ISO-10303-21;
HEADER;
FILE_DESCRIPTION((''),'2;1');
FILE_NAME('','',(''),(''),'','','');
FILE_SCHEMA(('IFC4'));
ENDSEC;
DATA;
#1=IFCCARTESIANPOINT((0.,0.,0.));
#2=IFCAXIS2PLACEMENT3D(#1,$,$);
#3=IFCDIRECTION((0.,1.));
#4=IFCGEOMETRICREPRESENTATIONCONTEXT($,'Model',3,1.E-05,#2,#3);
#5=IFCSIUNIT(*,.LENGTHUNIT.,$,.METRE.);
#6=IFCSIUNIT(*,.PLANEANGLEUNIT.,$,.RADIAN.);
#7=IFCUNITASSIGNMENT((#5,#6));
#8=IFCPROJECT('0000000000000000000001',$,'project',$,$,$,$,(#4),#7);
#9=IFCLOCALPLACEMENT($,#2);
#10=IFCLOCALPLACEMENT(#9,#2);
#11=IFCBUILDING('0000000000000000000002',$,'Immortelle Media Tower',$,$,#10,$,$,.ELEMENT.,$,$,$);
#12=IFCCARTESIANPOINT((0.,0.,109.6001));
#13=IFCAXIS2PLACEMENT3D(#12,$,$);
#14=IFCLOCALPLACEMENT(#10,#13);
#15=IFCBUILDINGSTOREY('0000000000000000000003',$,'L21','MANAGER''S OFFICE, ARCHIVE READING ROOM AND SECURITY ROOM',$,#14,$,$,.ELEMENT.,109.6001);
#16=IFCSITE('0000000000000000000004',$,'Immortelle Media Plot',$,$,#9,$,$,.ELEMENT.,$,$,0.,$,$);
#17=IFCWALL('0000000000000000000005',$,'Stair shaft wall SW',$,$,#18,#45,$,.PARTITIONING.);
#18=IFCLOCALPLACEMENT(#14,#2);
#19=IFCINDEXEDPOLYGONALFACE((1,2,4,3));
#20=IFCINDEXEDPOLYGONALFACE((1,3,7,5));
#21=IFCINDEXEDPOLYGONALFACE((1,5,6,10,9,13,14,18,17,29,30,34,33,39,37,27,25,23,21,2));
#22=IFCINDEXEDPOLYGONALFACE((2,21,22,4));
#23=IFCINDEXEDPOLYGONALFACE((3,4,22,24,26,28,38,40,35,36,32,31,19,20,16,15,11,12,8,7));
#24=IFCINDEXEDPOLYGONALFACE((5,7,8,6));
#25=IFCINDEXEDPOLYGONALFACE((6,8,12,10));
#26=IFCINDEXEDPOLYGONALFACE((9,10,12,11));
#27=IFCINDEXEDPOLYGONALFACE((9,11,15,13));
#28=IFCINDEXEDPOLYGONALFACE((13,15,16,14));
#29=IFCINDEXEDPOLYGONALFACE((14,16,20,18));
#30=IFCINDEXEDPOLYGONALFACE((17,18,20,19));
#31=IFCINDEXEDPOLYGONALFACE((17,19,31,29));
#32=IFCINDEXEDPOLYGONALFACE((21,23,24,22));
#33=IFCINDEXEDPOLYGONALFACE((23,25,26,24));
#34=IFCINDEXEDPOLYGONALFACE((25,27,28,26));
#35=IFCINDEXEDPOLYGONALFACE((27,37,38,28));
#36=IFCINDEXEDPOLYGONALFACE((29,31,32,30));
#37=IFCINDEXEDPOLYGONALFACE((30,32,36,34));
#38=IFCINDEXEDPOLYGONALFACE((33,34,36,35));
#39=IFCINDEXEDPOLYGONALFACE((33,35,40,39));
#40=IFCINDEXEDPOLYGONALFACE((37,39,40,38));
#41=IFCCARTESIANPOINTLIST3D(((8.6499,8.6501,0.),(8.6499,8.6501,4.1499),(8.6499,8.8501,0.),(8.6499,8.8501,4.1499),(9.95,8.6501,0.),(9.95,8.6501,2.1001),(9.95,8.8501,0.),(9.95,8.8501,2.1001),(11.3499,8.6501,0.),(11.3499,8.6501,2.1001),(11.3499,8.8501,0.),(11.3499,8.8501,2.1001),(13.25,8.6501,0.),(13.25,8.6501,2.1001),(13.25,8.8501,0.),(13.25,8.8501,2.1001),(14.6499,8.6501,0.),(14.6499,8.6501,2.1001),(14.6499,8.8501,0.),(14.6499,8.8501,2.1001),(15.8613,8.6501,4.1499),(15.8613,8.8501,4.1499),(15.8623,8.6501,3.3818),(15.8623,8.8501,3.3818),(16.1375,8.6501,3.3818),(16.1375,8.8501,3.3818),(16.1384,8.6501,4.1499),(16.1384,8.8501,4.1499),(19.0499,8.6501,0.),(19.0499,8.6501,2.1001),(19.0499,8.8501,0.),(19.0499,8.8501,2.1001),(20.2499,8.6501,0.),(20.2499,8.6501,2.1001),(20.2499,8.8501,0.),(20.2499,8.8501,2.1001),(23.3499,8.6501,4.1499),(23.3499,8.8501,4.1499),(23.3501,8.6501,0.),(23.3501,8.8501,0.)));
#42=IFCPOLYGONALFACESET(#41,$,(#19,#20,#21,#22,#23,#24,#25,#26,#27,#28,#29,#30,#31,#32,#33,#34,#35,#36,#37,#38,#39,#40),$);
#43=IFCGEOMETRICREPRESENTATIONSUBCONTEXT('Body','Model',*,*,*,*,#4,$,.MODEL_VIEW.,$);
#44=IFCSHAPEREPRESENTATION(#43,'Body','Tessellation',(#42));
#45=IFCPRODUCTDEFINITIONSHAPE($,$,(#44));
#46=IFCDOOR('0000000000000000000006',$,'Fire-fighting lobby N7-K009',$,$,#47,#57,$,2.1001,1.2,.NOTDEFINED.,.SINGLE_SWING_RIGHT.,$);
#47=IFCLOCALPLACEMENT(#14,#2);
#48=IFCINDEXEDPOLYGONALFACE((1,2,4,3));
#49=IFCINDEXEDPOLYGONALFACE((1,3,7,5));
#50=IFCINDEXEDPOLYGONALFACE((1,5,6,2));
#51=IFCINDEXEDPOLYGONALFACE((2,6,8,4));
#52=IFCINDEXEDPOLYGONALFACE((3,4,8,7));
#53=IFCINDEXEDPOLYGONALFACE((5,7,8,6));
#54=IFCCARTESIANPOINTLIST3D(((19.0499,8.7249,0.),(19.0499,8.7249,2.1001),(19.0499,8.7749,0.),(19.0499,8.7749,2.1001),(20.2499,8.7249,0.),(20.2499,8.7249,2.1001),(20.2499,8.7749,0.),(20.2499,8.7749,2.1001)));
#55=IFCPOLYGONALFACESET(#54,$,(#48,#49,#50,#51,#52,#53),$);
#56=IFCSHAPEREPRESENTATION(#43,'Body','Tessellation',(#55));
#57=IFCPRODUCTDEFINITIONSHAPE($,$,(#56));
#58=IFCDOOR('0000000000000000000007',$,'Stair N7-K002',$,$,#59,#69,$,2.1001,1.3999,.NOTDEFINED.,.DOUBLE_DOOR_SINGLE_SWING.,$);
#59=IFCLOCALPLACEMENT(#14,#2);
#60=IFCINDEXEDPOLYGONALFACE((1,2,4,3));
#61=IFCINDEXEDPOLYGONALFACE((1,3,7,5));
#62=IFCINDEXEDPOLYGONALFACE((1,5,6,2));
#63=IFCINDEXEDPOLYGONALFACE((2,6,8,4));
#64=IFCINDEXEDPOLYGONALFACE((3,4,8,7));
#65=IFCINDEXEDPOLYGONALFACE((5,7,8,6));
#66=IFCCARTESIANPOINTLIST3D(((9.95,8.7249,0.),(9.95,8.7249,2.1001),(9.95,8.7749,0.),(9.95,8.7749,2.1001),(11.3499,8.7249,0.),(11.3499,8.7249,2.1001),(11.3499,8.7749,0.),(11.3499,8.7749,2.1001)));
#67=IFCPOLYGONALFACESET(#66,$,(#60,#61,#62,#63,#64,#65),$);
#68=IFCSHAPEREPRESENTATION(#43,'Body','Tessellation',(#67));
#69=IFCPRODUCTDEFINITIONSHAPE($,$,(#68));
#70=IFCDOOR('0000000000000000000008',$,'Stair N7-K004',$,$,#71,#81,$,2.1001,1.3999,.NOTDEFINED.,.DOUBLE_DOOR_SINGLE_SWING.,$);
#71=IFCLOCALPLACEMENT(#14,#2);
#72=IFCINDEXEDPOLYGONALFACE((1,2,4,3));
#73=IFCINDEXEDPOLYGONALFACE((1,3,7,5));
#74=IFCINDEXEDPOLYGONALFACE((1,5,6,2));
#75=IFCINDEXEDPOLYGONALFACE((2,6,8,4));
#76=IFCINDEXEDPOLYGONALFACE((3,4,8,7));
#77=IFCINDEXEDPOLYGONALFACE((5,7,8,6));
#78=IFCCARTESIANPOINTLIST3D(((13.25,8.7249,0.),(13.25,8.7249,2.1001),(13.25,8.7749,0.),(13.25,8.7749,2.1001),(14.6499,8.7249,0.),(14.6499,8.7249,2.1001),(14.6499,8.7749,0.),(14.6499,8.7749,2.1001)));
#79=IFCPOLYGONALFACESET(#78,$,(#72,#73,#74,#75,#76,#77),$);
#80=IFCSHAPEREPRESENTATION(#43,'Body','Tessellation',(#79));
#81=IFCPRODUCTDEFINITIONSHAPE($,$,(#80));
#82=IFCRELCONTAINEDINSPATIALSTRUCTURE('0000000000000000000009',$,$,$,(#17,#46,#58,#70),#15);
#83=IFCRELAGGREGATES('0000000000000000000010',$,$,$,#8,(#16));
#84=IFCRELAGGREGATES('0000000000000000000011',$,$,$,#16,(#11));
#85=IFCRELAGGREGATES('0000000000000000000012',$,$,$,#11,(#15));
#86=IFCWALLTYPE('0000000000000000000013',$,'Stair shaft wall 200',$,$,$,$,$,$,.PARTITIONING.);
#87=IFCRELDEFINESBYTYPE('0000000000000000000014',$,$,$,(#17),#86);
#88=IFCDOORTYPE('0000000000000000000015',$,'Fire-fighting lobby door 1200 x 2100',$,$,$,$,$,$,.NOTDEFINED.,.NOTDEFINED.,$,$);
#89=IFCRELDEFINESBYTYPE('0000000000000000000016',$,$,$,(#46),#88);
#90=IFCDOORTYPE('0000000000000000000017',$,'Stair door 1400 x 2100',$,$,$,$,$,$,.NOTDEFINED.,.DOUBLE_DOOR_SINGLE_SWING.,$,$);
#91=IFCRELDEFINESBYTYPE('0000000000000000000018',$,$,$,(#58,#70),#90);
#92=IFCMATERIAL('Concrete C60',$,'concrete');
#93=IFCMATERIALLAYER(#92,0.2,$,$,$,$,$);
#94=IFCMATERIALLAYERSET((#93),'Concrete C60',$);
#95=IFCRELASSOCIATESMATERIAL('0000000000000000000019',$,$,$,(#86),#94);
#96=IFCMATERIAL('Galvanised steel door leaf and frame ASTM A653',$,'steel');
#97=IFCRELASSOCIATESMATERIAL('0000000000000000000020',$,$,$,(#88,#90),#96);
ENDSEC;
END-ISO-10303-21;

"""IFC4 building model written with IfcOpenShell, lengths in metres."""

from ifc_helpers import new_model, si_unit, direction, frame, frame_2d, origin, place, context, subcontext, project, spatial, polyline, rectangle, outline, extrude, material, layer, layer_set, type_object, element, fill, save


model = new_model("IFC4")

# Units and contexts
model_context = context("Model", 3, precision=1e-05, world=origin(), true_north=direction((0.0, 1.0)))
body_context = subcontext(model_context, "Body", "Model", "MODEL_VIEW")
ifc_project = project(units=[si_unit("LENGTHUNIT", "METRE"), si_unit("PLANEANGLEUNIT", "RADIAN")], contexts=[model_context])

# Site, building, storey
site_placement = place(None, origin())
site = spatial("IfcSite", under=ifc_project, at=site_placement, Name="Immortelle Media Plot", CompositionType="ELEMENT", RefElevation=0.0)
building_placement = place(site_placement, origin())
building = spatial("IfcBuilding", under=site, at=building_placement, Name="Immortelle Media Tower", CompositionType="ELEMENT")
storey_placement = place(building_placement, frame((0.0, 0.0, 109.6001)))
storey = spatial("IfcBuildingStorey", under=building, at=storey_placement, Name="L21", Description="MANAGER'S OFFICE, ARCHIVE READING ROOM AND SECURITY ROOM", CompositionType="ELEMENT", Elevation=109.6001)

# Wall, openings, doors
ifc_material_1 = material(Name="Concrete C60", Category="concrete")
ifc_layer_1 = layer(ifc_material_1, 0.2)
ifc_layer_set_1 = layer_set([ifc_layer_1], Name="Concrete C60")
wall_type_1 = type_object("IfcWallType", Name="Stair shaft wall 200", PredefinedType="PARTITIONING", material=ifc_layer_set_1)
wall_1_placement = place(storey_placement, frame((8.6499, 8.75, 0.0), z_axis=(0.0, 0.0, 1.0), x_axis=(1.0, 0.0, 0.0)))
wall_1 = element("IfcWall", 1, at=wall_1_placement, inside=storey, type_object=wall_type_1, Name="Stair shaft wall SW", PredefinedType="PARTITIONING", context=body_context, shape_type="SweptSolid", body=[
    extrude(outline(polyline([(0.0, 0.0), (14.7002, 0.0), (14.7, 4.1499), (7.4885, 4.1499), (7.4875, 3.3818), (7.2124, 3.3818), (7.2114, 4.1499), (0.0, 4.1499), (0.0, 0.0)])), frame((0.0, 0.1001, 0.0), z_axis=(0.0, -1.0, 0.0), x_axis=(1.0, 0.0, 0.0)), (0.0, 0.0, 1.0), 0.2),
])
opening_1_placement = place(wall_1_placement, frame((1.3, 0.0, 0.0)))
opening_1 = element("IfcOpeningElement", 2, at=opening_1_placement, cuts=wall_1, PredefinedType="OPENING", context=body_context, shape_type="SweptSolid", body=[
    extrude(rectangle(XDim=1.3999, YDim=2.1001, at=frame_2d((0.7, 1.05))), frame((0.0, 0.1099, 0.0), z_axis=(0.0, -1.0, 0.0), x_axis=(1.0, 0.0, 0.0)), (0.0, 0.0, 1.0), 0.22),
])
opening_2_placement = place(wall_1_placement, frame((4.6001, 0.0, 0.0)))
opening_2 = element("IfcOpeningElement", 3, at=opening_2_placement, cuts=wall_1, PredefinedType="OPENING", context=body_context, shape_type="SweptSolid", body=[
    extrude(rectangle(XDim=1.3999, YDim=2.1001, at=frame_2d((0.7, 1.05))), frame((0.0, 0.1099, 0.0), z_axis=(0.0, -1.0, 0.0), x_axis=(1.0, 0.0, 0.0)), (0.0, 0.0, 1.0), 0.22),
])
opening_3_placement = place(wall_1_placement, frame((10.3999, 0.0, 0.0)))
opening_3 = element("IfcOpeningElement", 4, at=opening_3_placement, cuts=wall_1, PredefinedType="OPENING", context=body_context, shape_type="SweptSolid", body=[
    extrude(rectangle(XDim=1.2, YDim=2.1001, at=frame_2d((0.6001, 1.05))), frame((0.0, 0.1099, 0.0), z_axis=(0.0, -1.0, 0.0), x_axis=(1.0, 0.0, 0.0)), (0.0, 0.0, 1.0), 0.22),
])
ifc_material_2 = material(Name="Galvanised steel door leaf and frame ASTM A653", Category="steel")
door_type_1 = type_object("IfcDoorType", Name="Fire-fighting lobby door 1200 x 2100", OperationType="NOTDEFINED", PredefinedType="NOTDEFINED", material=ifc_material_2)
door_1_placement = place(opening_3_placement, origin())
door_1 = element("IfcDoor", 5, at=door_1_placement, inside=storey, type_object=door_type_1, Name="Fire-fighting lobby N7-K009", OperationType="SINGLE_SWING_RIGHT", OverallHeight=2.1001, OverallWidth=1.2, PredefinedType="NOTDEFINED", context=body_context, shape_type="SweptSolid", body=[
    extrude(rectangle(XDim=1.2, YDim=2.1001, at=frame_2d((0.6001, 1.05))), frame((0.0, 0.0249, 0.0), z_axis=(0.0, -1.0, 0.0), x_axis=(1.0, 0.0, 0.0)), (0.0, 0.0, 1.0), 0.05),
])
fill(opening_3, door_1)
door_type_2 = type_object("IfcDoorType", Name="Stair door 1400 x 2100", OperationType="DOUBLE_DOOR_SINGLE_SWING", PredefinedType="NOTDEFINED", material=ifc_material_2)
door_2_placement = place(opening_1_placement, origin())
door_2 = element("IfcDoor", 6, at=door_2_placement, inside=storey, type_object=door_type_2, Name="Stair N7-K002", OperationType="DOUBLE_DOOR_SINGLE_SWING", OverallHeight=2.1001, OverallWidth=1.3999, PredefinedType="NOTDEFINED", context=body_context, shape_type="SweptSolid", body=[
    extrude(rectangle(XDim=1.3999, YDim=2.1001, at=frame_2d((0.7, 1.05))), frame((0.0, 0.0249, 0.0), z_axis=(0.0, -1.0, 0.0), x_axis=(1.0, 0.0, 0.0)), (0.0, 0.0, 1.0), 0.05),
])
fill(opening_1, door_2)
door_3_placement = place(opening_2_placement, origin())
door_3 = element("IfcDoor", 7, at=door_3_placement, inside=storey, type_object=door_type_2, Name="Stair N7-K004", OperationType="DOUBLE_DOOR_SINGLE_SWING", OverallHeight=2.1001, OverallWidth=1.3999, PredefinedType="NOTDEFINED", context=body_context, shape_type="SweptSolid", body=[
    extrude(rectangle(XDim=1.3999, YDim=2.1001, at=frame_2d((0.7, 1.05))), frame((0.0, 0.0249, 0.0), z_axis=(0.0, -1.0, 0.0), x_axis=(1.0, 0.0, 0.0)), (0.0, 0.0, 1.0), 0.05),
])
fill(opening_2, door_3)

save(model, "model.ifc")
